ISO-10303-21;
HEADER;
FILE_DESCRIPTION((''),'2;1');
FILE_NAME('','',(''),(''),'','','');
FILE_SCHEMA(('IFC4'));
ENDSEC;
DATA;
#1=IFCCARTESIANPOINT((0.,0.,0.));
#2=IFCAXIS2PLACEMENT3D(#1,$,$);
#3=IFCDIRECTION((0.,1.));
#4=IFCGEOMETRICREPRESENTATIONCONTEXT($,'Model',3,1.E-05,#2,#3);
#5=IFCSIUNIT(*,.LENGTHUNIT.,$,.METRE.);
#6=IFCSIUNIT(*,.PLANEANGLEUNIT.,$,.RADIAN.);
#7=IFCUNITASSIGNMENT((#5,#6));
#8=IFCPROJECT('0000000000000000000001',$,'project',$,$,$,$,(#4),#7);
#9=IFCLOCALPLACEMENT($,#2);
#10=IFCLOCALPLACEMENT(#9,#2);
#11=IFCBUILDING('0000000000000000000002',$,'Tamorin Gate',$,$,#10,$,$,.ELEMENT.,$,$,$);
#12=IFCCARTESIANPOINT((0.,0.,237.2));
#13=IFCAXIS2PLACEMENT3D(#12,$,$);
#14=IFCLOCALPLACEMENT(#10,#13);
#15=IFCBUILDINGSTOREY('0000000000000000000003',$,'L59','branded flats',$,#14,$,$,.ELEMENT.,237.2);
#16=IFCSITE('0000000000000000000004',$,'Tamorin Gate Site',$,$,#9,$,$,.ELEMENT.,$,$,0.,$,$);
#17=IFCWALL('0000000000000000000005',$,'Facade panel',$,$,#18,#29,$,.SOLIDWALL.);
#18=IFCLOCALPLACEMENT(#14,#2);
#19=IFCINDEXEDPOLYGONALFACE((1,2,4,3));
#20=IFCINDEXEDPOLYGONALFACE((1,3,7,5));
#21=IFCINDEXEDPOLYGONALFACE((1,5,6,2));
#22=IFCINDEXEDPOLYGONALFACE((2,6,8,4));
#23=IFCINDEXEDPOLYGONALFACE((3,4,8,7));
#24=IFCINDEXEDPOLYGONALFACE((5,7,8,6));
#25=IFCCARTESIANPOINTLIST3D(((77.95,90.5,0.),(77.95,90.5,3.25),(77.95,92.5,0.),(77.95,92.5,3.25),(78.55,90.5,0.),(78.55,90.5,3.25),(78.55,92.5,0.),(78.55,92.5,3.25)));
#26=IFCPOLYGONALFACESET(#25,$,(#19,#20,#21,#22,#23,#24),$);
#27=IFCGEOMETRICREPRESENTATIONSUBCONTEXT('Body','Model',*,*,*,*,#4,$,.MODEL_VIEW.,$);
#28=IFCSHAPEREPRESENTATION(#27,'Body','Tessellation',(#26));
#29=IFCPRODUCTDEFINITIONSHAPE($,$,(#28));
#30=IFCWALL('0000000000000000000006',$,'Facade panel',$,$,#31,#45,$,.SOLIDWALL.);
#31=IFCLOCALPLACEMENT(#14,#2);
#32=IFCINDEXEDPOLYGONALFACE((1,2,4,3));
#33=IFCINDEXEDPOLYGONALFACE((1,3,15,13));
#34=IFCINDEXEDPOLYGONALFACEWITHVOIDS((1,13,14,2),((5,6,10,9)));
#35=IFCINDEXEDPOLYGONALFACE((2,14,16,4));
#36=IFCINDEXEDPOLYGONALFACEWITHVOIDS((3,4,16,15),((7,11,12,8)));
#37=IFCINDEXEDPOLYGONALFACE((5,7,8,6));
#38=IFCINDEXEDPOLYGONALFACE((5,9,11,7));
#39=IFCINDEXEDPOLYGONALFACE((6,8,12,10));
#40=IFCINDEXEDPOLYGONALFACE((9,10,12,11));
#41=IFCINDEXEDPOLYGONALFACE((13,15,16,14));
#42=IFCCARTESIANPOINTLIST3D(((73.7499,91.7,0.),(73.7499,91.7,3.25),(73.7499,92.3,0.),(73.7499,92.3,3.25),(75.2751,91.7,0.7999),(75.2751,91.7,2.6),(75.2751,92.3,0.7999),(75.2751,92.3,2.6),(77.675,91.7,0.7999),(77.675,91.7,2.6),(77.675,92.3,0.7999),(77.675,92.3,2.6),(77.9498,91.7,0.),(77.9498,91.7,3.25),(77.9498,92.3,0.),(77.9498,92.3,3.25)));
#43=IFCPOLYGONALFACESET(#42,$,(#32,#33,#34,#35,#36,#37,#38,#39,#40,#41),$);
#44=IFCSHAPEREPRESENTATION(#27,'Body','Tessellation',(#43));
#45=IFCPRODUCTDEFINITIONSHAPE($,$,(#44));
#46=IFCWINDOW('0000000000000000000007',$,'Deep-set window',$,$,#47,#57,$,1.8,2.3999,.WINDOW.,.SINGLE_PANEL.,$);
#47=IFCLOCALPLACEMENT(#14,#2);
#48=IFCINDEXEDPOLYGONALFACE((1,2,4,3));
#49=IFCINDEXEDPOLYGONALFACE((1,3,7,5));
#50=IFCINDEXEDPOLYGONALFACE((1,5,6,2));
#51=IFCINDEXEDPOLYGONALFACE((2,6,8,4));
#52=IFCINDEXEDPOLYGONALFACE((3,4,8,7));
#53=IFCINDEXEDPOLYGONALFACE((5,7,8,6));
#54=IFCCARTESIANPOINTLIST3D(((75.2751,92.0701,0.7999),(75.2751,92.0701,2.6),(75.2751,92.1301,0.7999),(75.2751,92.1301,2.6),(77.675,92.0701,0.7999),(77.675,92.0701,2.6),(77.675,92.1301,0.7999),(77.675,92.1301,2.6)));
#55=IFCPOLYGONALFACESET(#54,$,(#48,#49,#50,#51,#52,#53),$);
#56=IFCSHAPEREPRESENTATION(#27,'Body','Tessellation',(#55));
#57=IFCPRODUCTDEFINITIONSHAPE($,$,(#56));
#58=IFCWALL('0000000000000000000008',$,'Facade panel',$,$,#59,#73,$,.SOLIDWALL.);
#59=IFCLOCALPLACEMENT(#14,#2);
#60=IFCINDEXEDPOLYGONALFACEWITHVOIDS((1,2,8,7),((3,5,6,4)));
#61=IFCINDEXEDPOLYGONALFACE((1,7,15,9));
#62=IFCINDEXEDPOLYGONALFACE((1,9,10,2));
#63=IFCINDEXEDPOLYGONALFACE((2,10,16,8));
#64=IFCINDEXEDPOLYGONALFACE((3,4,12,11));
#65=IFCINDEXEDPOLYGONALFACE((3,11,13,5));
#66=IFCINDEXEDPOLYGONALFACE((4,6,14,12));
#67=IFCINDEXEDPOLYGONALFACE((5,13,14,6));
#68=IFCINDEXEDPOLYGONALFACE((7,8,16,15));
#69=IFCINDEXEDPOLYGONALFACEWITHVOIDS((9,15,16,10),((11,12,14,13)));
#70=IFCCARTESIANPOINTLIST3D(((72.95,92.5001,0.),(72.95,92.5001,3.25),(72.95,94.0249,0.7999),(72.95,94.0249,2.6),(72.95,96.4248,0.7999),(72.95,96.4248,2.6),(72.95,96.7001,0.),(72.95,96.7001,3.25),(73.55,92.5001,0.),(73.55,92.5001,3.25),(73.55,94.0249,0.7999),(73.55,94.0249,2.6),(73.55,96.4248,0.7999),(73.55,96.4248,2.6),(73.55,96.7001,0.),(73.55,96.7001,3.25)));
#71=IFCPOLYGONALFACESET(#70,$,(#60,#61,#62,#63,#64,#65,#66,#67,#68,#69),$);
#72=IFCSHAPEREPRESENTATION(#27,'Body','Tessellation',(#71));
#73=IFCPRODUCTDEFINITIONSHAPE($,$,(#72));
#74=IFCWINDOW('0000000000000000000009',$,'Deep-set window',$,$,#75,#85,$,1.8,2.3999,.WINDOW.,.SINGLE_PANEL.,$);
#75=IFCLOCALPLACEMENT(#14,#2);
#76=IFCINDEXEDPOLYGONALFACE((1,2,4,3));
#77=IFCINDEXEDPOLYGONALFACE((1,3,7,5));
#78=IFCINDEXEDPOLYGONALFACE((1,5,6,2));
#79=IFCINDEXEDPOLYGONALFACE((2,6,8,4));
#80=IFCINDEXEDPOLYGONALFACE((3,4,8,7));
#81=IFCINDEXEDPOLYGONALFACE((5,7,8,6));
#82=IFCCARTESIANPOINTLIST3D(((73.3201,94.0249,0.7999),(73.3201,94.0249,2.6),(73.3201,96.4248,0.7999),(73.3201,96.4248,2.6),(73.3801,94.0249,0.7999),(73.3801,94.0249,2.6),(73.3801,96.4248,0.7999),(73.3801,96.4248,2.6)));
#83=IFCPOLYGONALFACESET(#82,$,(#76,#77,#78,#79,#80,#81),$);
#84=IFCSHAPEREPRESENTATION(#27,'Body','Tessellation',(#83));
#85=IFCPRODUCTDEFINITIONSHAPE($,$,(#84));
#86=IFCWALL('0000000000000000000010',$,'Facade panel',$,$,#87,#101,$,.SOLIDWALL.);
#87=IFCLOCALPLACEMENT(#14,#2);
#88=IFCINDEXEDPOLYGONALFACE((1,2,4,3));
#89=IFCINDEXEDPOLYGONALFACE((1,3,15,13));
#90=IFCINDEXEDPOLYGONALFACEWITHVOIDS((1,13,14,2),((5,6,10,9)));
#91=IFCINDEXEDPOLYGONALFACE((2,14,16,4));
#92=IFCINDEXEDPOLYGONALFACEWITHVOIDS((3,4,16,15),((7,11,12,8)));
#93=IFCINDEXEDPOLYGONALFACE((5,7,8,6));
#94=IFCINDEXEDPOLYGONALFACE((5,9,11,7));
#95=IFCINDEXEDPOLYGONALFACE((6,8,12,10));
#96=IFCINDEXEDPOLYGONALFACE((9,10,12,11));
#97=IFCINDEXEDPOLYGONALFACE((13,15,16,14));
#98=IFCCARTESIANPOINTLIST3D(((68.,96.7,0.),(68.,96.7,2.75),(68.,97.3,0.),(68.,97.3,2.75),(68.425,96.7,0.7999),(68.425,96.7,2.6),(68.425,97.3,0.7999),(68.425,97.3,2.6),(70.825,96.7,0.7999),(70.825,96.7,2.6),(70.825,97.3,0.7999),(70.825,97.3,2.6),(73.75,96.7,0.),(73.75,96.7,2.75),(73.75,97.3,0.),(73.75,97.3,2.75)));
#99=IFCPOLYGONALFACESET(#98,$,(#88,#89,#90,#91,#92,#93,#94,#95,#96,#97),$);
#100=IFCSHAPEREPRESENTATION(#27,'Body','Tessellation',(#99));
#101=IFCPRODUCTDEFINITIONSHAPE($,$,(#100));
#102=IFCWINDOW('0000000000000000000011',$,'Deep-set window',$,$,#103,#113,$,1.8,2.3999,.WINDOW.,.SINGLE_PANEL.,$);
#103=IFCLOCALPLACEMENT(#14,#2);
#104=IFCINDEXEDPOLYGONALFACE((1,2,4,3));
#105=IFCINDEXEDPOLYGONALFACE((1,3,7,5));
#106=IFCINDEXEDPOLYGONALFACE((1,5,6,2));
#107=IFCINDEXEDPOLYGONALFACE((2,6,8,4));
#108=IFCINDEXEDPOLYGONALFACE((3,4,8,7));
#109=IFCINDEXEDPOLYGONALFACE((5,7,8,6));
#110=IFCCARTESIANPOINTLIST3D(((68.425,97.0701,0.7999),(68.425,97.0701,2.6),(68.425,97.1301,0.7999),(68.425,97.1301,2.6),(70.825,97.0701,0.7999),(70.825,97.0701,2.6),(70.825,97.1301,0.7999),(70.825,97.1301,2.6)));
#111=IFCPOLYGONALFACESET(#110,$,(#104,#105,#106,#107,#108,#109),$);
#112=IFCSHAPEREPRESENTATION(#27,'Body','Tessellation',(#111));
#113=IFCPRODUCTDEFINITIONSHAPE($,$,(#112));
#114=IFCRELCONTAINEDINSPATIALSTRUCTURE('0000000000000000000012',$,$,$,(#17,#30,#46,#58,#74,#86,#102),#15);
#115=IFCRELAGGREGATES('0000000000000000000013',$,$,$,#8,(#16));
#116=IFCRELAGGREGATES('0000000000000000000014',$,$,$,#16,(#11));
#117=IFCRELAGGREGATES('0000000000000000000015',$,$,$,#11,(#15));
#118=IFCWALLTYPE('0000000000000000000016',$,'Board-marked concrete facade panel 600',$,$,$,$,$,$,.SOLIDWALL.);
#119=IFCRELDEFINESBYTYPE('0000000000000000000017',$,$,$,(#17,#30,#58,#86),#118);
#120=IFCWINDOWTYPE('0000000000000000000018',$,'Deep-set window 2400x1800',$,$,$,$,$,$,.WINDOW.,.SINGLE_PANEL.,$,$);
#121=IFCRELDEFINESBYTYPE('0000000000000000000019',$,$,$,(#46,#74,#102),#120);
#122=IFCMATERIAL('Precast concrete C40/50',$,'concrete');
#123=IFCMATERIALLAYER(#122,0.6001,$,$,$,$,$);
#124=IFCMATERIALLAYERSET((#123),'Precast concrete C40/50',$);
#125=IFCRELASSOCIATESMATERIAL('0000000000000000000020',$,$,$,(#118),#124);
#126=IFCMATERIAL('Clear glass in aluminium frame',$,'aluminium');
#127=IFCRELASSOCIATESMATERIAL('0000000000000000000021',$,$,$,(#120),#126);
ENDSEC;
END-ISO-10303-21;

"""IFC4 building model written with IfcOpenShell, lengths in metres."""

from ifc_helpers import new_model, si_unit, direction, frame, frame_2d, origin, place, context, subcontext, project, spatial, rectangle, extrude, material, layer, layer_set, type_object, element, fill, save


model = new_model("IFC4")

# Units and contexts
model_context = context("Model", 3, precision=1e-05, world=origin(), true_north=direction((0.0, 1.0)))
body_context = subcontext(model_context, "Body", "Model", "MODEL_VIEW")
ifc_project = project(units=[si_unit("LENGTHUNIT", "METRE"), si_unit("PLANEANGLEUNIT", "RADIAN")], contexts=[model_context])

# Site, building, storey
site_placement = place(None, origin())
site = spatial("IfcSite", under=ifc_project, at=site_placement, Name="Tamorin Gate Site", CompositionType="ELEMENT", RefElevation=0.0)
building_placement = place(site_placement, origin())
building = spatial("IfcBuilding", under=site, at=building_placement, Name="Tamorin Gate", CompositionType="ELEMENT")
storey_placement = place(building_placement, frame((0.0, 0.0, 237.2)))
storey = spatial("IfcBuildingStorey", under=building, at=storey_placement, Name="L59", Description="branded flats", CompositionType="ELEMENT", Elevation=237.2)

# Shared definitions
ifc_material_1 = material(Name="Precast concrete C40/50", Category="concrete")
ifc_layer = layer(ifc_material_1, 0.6001)
ifc_layer_set = layer_set([ifc_layer], Name="Precast concrete C40/50")
wall_type = type_object("IfcWallType", Name="Board-marked concrete facade panel 600", PredefinedType="SOLIDWALL", material=ifc_layer_set)
ifc_material_2 = material(Name="Clear glass in aluminium frame", Category="aluminium")
window_type = type_object("IfcWindowType", Name="Deep-set window 2400x1800", PartitioningType="SINGLE_PANEL", PredefinedType="WINDOW", material=ifc_material_2)

# Wall
wall_1_placement = place(storey_placement, frame((78.25, 90.5, 0.0), z_axis=(0.0, 0.0, 1.0), x_axis=(0.0, 1.0, 0.0)))
element("IfcWall", 1, at=wall_1_placement, inside=storey, type_object=wall_type, Name="Facade panel", PredefinedType="SOLIDWALL", context=body_context, shape_type="SweptSolid", body=[
    extrude(rectangle(XDim=2.0, YDim=0.6001, at=frame_2d((1.0, 0.0))), origin(), (0.0, 0.0, 1.0), 3.25),
])

# Walls, openings, windows
wall_2_placement = place(storey_placement, frame((77.95, 92.0, 0.0), z_axis=(0.0, 0.0, 1.0), x_axis=(-1.0, 0.0, 0.0)))
wall_2 = element("IfcWall", 2, at=wall_2_placement, inside=storey, type_object=wall_type, Name="Facade panel", PredefinedType="SOLIDWALL", context=body_context, shape_type="SweptSolid", body=[
    extrude(rectangle(XDim=4.2, YDim=0.6001, at=frame_2d((2.1001, 0.0))), origin(), (0.0, 0.0, 1.0), 3.25),
])
opening_1_placement = place(wall_2_placement, frame((0.2749, 0.0, 0.8)))
opening_1 = element("IfcOpeningElement", 3, at=opening_1_placement, cuts=wall_2, PredefinedType="OPENING", context=body_context, shape_type="SweptSolid", body=[
    extrude(rectangle(XDim=2.3999, YDim=1.8, at=frame_2d((1.2, 0.8999))), frame((0.0, 0.3101, 0.0), z_axis=(0.0, -1.0, 0.0), x_axis=(1.0, 0.0, 0.0)), (0.0, 0.0, 1.0), 0.6201),
])
window_1_placement = place(opening_1_placement, origin())
window_1 = element("IfcWindow", 4, at=window_1_placement, inside=storey, type_object=window_type, Name="Deep-set window", OverallHeight=1.8, OverallWidth=2.3999, PartitioningType="SINGLE_PANEL", PredefinedType="WINDOW", context=body_context, shape_type="SweptSolid", body=[
    extrude(rectangle(XDim=2.3999, YDim=1.8, at=frame_2d((1.2, 0.8999))), frame((0.0, -0.0701, 0.0), z_axis=(0.0, -1.0, 0.0), x_axis=(1.0, 0.0, 0.0)), (0.0, 0.0, 1.0), 0.0601),
])
fill(opening_1, window_1)
wall_3_placement = place(storey_placement, frame((73.25, 92.5, 0.0), z_axis=(0.0, 0.0, 1.0), x_axis=(0.0, 1.0, 0.0)))
wall_3 = element("IfcWall", 5, at=wall_3_placement, inside=storey, type_object=wall_type, Name="Facade panel", PredefinedType="SOLIDWALL", context=body_context, shape_type="SweptSolid", body=[
    extrude(rectangle(XDim=4.2, YDim=0.6001, at=frame_2d((2.1001, 0.0))), origin(), (0.0, 0.0, 1.0), 3.25),
])
opening_2_placement = place(wall_3_placement, frame((1.5249, 0.0, 0.8)))
opening_2 = element("IfcOpeningElement", 6, at=opening_2_placement, cuts=wall_3, PredefinedType="OPENING", context=body_context, shape_type="SweptSolid", body=[
    extrude(rectangle(XDim=2.3999, YDim=1.8, at=frame_2d((1.2, 0.8999))), frame((0.0, 0.3101, 0.0), z_axis=(0.0, -1.0, 0.0), x_axis=(1.0, 0.0, 0.0)), (0.0, 0.0, 1.0), 0.6201),
])
window_2_placement = place(opening_2_placement, origin())
window_2 = element("IfcWindow", 7, at=window_2_placement, inside=storey, type_object=window_type, Name="Deep-set window", OverallHeight=1.8, OverallWidth=2.3999, PartitioningType="SINGLE_PANEL", PredefinedType="WINDOW", context=body_context, shape_type="SweptSolid", body=[
    extrude(rectangle(XDim=2.3999, YDim=1.8, at=frame_2d((1.2, 0.8999))), frame((0.0, -0.0701, 0.0), z_axis=(0.0, -1.0, 0.0), x_axis=(1.0, 0.0, 0.0)), (0.0, 0.0, 1.0), 0.0601),
])
fill(opening_2, window_2)
wall_4_placement = place(storey_placement, frame((73.75, 97.0, 0.0), z_axis=(0.0, 0.0, 1.0), x_axis=(-1.0, 0.0, 0.0)))
wall_4 = element("IfcWall", 8, at=wall_4_placement, inside=storey, type_object=wall_type, Name="Facade panel", PredefinedType="SOLIDWALL", context=body_context, shape_type="SweptSolid", body=[
    extrude(rectangle(XDim=5.75, YDim=0.6001, at=frame_2d((2.875, 0.0))), origin(), (0.0, 0.0, 1.0), 2.75),
])
opening_3_placement = place(wall_4_placement, frame((2.925, 0.0, 0.8)))
opening_3 = element("IfcOpeningElement", 9, at=opening_3_placement, cuts=wall_4, PredefinedType="OPENING", context=body_context, shape_type="SweptSolid", body=[
    extrude(rectangle(XDim=2.3999, YDim=1.8, at=frame_2d((1.2, 0.8999))), frame((0.0, 0.3101, 0.0), z_axis=(0.0, -1.0, 0.0), x_axis=(1.0, 0.0, 0.0)), (0.0, 0.0, 1.0), 0.6201),
])
window_3_placement = place(opening_3_placement, origin())
window_3 = element("IfcWindow", 10, at=window_3_placement, inside=storey, type_object=window_type, Name="Deep-set window", OverallHeight=1.8, OverallWidth=2.3999, PartitioningType="SINGLE_PANEL", PredefinedType="WINDOW", context=body_context, shape_type="SweptSolid", body=[
    extrude(rectangle(XDim=2.3999, YDim=1.8, at=frame_2d((1.2, 0.8999))), frame((0.0, -0.0701, 0.0), z_axis=(0.0, -1.0, 0.0), x_axis=(1.0, 0.0, 0.0)), (0.0, 0.0, 1.0), 0.0601),
])
fill(opening_3, window_3)

save(model, "model.ifc")
